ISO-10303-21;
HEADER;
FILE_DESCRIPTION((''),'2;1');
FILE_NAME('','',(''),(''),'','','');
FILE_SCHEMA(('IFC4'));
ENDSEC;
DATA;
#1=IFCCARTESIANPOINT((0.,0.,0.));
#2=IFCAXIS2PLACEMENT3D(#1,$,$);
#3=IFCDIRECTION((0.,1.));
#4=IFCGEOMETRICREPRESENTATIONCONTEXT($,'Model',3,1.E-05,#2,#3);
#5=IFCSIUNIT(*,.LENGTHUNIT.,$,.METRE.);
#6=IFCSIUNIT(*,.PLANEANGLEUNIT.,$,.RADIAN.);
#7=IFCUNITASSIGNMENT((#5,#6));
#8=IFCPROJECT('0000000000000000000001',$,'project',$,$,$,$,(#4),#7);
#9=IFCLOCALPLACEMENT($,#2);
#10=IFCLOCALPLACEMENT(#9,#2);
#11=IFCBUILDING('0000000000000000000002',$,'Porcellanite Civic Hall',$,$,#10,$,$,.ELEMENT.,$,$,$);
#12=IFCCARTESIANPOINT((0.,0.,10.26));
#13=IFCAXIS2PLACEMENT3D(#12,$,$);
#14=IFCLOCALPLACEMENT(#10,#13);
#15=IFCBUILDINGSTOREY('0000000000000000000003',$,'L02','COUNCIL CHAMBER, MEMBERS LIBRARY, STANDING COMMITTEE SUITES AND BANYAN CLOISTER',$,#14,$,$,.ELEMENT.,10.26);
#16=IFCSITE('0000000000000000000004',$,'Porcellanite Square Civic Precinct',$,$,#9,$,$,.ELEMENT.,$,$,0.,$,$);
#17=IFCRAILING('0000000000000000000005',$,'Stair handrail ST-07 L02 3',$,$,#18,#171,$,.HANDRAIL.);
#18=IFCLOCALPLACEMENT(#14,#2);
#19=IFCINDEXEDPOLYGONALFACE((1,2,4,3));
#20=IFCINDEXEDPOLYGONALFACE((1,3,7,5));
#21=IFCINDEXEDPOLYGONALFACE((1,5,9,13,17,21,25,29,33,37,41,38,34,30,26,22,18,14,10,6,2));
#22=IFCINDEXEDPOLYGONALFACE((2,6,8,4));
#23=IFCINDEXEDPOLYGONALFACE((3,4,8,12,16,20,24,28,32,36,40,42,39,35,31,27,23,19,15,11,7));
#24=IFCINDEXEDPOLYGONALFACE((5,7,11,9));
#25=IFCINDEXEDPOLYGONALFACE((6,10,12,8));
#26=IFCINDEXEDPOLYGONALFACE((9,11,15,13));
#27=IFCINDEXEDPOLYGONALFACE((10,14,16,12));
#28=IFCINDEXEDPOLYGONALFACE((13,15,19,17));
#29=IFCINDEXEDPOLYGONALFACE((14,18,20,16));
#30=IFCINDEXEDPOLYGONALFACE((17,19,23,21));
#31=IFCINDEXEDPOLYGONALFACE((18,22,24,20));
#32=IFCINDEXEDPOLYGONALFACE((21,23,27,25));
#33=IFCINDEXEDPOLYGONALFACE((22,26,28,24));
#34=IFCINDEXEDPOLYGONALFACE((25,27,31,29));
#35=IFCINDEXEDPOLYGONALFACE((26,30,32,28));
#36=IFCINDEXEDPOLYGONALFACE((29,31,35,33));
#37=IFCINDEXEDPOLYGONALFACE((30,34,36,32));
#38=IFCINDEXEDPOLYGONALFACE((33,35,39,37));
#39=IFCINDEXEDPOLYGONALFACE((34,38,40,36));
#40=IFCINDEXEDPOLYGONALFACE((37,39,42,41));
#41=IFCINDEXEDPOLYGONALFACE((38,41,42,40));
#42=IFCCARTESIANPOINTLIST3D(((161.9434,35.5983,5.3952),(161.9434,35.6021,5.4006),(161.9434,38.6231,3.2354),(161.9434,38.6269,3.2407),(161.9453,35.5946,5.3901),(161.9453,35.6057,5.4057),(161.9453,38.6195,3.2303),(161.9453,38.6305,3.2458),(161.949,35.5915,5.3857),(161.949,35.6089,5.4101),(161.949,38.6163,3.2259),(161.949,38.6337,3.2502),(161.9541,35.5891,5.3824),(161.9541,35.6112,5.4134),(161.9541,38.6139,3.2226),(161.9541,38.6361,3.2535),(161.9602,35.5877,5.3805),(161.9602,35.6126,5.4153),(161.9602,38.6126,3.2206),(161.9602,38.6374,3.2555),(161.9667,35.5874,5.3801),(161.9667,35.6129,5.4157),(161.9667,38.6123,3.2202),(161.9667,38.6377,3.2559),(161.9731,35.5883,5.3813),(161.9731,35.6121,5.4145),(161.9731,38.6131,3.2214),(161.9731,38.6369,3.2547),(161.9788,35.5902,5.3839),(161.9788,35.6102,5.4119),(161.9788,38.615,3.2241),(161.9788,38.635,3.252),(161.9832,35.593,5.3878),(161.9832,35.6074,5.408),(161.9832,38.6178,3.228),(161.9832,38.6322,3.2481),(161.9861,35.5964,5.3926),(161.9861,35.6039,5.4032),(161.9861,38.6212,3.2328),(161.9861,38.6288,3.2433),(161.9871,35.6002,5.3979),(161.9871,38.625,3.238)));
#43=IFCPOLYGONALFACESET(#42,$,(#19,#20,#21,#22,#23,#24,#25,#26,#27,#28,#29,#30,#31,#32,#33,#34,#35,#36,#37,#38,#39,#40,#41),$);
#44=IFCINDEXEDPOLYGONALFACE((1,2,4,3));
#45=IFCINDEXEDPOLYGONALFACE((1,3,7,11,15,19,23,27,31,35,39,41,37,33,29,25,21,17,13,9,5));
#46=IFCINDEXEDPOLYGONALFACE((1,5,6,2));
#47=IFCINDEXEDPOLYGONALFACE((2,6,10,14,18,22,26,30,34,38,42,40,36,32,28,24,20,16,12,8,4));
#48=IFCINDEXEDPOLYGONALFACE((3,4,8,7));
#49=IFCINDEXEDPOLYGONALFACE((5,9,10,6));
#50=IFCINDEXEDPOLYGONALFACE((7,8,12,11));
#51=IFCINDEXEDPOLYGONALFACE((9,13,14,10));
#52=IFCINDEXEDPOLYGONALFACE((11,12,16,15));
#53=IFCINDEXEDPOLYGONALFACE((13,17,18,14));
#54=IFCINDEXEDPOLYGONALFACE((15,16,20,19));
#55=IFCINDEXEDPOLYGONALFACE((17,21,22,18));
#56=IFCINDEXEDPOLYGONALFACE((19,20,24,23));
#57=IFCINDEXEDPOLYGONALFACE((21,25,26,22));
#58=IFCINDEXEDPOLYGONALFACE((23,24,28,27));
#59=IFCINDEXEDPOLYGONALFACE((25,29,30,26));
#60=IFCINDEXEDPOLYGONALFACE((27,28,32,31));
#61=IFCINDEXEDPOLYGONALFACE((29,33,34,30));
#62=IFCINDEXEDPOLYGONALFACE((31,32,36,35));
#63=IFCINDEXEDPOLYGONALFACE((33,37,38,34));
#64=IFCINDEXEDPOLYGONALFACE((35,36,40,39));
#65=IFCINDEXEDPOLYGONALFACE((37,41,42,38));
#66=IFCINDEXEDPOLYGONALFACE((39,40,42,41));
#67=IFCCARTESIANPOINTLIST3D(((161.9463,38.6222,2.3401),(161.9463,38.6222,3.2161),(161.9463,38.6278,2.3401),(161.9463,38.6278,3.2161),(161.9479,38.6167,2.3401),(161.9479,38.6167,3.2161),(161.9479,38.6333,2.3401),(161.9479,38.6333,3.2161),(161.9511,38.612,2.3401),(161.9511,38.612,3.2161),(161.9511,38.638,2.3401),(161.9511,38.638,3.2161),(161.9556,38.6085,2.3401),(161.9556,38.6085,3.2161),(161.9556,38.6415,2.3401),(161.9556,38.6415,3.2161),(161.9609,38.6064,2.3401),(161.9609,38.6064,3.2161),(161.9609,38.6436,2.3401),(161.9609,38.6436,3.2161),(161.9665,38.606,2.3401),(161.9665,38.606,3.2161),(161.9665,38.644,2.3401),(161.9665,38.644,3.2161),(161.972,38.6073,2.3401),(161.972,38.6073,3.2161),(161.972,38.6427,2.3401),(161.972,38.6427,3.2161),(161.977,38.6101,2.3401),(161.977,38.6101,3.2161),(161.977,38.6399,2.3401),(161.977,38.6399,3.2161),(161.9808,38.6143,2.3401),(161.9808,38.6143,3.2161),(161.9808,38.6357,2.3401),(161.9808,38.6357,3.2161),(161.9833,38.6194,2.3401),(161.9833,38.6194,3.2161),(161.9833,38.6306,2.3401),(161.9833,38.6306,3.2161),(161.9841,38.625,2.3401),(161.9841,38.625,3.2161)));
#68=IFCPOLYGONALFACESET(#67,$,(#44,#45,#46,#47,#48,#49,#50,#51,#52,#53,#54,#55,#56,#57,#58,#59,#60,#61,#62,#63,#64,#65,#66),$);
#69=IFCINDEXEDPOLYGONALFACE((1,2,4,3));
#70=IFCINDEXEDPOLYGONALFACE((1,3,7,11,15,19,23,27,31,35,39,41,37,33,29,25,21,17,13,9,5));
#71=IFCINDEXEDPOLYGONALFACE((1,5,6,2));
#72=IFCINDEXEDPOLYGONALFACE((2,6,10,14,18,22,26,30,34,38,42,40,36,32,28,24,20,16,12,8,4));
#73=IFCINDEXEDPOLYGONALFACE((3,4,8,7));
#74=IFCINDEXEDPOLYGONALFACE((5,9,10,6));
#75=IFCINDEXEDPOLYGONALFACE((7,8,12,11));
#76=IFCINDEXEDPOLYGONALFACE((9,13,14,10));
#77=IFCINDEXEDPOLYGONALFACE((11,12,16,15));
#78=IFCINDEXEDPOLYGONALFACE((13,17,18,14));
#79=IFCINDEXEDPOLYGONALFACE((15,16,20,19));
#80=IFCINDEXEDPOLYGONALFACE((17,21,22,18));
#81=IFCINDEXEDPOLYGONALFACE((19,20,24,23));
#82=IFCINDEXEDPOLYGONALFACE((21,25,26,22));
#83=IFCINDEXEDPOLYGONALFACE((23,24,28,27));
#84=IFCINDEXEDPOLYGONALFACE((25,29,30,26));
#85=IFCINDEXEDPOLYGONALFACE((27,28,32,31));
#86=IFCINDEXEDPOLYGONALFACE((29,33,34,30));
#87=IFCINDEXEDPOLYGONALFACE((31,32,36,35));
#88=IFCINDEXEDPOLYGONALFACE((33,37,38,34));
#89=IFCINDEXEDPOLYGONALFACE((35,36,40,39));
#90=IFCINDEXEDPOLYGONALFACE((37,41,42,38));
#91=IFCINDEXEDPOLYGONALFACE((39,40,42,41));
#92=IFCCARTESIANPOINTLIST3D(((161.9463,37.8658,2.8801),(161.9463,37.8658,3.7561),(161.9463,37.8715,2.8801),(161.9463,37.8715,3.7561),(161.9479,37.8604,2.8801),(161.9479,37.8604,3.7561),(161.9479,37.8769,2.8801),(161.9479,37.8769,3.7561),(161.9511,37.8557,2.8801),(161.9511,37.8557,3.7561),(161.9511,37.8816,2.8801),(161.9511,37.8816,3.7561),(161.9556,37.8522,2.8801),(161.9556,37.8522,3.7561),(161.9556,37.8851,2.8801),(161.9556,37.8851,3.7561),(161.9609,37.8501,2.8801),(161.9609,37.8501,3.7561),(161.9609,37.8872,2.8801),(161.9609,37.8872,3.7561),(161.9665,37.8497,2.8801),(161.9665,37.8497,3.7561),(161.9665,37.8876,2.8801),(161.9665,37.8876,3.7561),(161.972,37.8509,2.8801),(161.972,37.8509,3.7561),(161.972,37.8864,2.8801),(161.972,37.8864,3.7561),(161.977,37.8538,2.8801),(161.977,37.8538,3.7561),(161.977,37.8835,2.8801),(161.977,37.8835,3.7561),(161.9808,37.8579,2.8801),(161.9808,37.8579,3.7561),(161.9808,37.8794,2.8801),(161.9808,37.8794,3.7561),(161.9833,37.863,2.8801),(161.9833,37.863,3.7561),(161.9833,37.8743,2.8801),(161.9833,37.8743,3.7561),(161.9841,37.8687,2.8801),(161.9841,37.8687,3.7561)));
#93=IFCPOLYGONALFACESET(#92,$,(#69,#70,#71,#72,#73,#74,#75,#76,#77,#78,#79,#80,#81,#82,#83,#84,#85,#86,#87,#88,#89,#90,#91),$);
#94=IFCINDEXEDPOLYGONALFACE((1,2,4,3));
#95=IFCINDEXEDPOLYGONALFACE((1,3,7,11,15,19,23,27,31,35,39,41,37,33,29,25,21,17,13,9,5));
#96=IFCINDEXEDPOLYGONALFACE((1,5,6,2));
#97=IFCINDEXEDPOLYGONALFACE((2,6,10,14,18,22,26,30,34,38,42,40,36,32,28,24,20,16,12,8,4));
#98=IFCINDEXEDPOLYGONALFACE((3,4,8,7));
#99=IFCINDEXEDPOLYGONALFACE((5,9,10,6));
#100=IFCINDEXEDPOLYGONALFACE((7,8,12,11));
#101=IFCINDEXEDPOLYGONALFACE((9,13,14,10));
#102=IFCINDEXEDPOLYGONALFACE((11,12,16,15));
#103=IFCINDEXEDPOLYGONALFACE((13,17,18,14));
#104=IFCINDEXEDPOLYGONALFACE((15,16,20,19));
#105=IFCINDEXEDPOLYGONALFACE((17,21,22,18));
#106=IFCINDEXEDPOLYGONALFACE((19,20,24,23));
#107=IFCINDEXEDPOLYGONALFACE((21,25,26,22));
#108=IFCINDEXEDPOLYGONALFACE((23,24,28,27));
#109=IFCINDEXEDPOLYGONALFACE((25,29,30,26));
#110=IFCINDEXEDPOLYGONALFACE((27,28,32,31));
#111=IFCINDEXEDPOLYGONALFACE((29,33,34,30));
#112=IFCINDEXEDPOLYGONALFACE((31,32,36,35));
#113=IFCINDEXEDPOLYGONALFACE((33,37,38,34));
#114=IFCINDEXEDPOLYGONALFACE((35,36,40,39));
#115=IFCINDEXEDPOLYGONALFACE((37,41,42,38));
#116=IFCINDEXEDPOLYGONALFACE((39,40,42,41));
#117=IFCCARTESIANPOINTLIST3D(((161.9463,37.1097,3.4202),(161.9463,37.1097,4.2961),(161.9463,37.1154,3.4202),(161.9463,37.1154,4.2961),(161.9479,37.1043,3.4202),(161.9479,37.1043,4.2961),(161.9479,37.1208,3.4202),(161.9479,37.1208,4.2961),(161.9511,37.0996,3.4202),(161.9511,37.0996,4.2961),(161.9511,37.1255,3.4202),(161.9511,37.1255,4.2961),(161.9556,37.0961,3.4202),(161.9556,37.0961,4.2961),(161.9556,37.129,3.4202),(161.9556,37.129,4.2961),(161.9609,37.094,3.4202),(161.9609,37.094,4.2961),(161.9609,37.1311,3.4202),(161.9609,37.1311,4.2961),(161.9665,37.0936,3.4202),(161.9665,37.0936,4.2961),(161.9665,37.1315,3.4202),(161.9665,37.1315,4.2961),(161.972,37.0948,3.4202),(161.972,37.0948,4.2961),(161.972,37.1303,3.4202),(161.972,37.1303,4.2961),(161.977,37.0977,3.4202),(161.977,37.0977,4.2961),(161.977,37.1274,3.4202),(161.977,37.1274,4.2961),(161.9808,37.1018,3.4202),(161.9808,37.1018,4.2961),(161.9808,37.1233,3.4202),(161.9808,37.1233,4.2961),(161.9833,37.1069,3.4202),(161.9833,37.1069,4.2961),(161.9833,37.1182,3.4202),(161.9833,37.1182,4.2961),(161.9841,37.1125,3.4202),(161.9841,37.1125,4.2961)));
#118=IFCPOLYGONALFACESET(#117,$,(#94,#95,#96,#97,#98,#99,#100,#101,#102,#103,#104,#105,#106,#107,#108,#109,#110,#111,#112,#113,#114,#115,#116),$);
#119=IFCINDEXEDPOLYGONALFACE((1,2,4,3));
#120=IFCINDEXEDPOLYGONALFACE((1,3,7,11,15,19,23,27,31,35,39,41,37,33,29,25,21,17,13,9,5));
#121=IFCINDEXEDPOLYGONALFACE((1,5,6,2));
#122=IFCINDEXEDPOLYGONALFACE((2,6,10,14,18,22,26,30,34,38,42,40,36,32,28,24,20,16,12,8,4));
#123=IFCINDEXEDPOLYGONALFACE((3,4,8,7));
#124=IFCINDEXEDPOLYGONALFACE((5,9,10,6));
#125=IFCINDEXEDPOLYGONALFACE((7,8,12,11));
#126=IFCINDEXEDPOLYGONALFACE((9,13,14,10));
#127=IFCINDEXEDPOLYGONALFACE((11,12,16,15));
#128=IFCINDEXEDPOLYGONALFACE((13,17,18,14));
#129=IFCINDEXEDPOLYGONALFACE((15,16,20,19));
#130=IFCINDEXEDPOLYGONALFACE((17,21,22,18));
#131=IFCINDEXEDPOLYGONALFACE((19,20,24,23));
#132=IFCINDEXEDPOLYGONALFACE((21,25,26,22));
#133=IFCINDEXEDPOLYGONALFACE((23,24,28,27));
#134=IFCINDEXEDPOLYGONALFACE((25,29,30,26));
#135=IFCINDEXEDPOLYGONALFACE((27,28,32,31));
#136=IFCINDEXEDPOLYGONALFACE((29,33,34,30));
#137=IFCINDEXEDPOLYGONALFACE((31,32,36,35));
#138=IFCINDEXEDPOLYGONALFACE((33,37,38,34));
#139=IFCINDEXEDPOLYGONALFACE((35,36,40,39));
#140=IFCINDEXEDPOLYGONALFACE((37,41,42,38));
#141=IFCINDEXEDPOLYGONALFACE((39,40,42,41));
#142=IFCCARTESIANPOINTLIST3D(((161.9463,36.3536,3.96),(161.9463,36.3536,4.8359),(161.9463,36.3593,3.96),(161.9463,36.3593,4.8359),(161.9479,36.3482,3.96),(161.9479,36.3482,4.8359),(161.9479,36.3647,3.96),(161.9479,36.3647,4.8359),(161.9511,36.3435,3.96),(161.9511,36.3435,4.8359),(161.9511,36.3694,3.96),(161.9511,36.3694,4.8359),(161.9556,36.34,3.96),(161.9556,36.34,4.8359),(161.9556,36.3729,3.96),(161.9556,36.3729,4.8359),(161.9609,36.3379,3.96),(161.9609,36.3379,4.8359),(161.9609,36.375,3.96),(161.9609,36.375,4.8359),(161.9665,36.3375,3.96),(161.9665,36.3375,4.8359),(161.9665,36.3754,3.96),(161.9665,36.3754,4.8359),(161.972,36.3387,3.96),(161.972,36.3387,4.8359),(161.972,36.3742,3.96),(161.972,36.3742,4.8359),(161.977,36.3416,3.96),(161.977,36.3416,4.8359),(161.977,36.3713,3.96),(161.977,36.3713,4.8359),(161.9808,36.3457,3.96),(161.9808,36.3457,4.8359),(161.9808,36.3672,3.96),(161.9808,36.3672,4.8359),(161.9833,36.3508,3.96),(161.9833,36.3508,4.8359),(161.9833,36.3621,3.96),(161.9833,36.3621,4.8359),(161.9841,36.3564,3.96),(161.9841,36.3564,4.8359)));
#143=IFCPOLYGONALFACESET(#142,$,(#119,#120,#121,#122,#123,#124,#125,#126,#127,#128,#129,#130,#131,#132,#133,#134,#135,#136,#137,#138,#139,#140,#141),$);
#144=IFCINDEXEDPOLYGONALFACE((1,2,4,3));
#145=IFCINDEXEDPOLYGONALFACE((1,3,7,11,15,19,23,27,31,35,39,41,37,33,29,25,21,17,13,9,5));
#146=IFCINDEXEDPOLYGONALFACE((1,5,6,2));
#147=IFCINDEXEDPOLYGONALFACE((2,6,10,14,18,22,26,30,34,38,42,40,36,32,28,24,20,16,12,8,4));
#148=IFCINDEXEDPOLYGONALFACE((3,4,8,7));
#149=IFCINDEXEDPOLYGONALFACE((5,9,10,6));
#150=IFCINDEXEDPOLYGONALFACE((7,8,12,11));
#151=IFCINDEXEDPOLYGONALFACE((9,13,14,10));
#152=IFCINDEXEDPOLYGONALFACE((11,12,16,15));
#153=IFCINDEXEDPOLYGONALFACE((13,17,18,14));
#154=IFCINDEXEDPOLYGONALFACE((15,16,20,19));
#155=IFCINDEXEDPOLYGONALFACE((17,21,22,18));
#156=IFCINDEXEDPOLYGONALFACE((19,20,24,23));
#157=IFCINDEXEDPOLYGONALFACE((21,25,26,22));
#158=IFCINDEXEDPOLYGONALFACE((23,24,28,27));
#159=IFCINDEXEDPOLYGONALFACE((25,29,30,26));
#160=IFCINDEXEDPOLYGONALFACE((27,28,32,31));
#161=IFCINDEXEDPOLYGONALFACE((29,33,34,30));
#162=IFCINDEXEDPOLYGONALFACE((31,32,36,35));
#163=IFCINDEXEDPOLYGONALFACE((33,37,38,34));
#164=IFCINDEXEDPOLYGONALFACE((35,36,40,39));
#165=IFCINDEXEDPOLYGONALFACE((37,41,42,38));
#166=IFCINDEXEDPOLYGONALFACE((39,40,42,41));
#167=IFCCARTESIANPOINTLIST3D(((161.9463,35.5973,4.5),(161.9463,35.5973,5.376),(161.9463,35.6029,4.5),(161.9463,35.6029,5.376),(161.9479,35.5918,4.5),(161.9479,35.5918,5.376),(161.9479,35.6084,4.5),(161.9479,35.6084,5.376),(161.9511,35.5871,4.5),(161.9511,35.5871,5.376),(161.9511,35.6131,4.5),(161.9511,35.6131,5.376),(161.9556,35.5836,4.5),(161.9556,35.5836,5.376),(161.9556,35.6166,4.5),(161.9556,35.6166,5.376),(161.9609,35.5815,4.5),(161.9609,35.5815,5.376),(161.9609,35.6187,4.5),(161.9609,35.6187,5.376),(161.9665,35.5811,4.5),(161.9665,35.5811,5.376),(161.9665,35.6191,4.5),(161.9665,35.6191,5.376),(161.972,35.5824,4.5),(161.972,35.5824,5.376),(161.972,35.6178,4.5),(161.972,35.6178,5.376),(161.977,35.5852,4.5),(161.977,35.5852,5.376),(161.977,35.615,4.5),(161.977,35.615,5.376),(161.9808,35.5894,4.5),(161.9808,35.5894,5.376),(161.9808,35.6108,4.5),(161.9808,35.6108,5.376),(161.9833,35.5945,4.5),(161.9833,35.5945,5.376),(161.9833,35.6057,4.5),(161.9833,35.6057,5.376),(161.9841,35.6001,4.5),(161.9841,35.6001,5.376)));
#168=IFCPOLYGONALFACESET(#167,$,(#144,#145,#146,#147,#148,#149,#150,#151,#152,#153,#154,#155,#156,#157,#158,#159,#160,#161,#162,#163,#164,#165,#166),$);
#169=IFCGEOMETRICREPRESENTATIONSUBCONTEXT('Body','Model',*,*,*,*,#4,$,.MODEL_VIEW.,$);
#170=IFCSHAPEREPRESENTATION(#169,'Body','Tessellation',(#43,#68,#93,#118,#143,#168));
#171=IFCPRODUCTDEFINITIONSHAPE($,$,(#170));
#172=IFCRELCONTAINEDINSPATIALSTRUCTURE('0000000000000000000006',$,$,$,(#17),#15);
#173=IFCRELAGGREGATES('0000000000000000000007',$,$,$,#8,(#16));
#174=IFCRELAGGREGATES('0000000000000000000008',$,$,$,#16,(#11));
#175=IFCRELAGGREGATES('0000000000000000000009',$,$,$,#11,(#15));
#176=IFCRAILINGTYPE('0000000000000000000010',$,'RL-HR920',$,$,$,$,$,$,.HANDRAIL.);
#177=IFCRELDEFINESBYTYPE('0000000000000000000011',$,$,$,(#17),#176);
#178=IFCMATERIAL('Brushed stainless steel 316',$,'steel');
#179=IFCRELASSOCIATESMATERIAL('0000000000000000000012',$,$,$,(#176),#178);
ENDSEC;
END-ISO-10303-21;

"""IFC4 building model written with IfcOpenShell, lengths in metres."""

from ifc_helpers import new_model, si_unit, direction, frame, origin, origin_2d, place, context, subcontext, project, spatial, circle, extrude, material, type_object, element, save


model = new_model("IFC4")

# Units and contexts
model_context = context("Model", 3, precision=1e-05, world=origin(), true_north=direction((0.0, 1.0)))
body_context = subcontext(model_context, "Body", "Model", "MODEL_VIEW")
ifc_project = project(units=[si_unit("LENGTHUNIT", "METRE"), si_unit("PLANEANGLEUNIT", "RADIAN")], contexts=[model_context])

# Site, building, storey
site_placement = place(None, origin())
site = spatial("IfcSite", under=ifc_project, at=site_placement, Name="Porcellanite Square Civic Precinct", CompositionType="ELEMENT", RefElevation=0.0)
building_placement = place(site_placement, origin())
building = spatial("IfcBuilding", under=site, at=building_placement, Name="Porcellanite Civic Hall", CompositionType="ELEMENT")
storey_placement = place(building_placement, frame((0.0, 0.0, 10.26)))
storey = spatial("IfcBuildingStorey", under=building, at=storey_placement, Name="L02", Description="COUNCIL CHAMBER, MEMBERS LIBRARY, STANDING COMMITTEE SUITES AND BANYAN CLOISTER", CompositionType="ELEMENT", Elevation=10.26)

# Railing
ifc_material_1 = material(Name="Brushed stainless steel 316", Category="steel")
railing_type_1 = type_object("IfcRailingType", Name="RL-HR920", PredefinedType="HANDRAIL", material=ifc_material_1)
railing_1_placement = place(storey_placement, frame((161.9651, 38.625, 2.3401)))
element("IfcRailing", 1, at=railing_1_placement, inside=storey, type_object=railing_type_1, Name="Stair handrail ST-07 L02 3", PredefinedType="HANDRAIL", context=body_context, shape_type="SweptSolid", body=[
    extrude(circle(Radius=0.022, at=origin_2d()), frame((0.0, 0.0, 0.8979), z_axis=(0.0, -0.813827, 0.581108), x_axis=(1.0, 0.0, 0.0)), (0.0, 0.0, 1.0), 3.7168),
    extrude(circle(Radius=0.019, at=origin_2d()), origin(), (0.0, 0.0, 1.0), 0.876),
    extrude(circle(Radius=0.019, at=origin_2d()), frame((0.0, -0.7563, 0.54)), (0.0, 0.0, 1.0), 0.876),
    extrude(circle(Radius=0.019, at=origin_2d()), frame((0.0, -1.5125, 1.0801)), (0.0, 0.0, 1.0), 0.876),
    extrude(circle(Radius=0.019, at=origin_2d()), frame((0.0, -2.2686, 1.6199)), (0.0, 0.0, 1.0), 0.876),
    extrude(circle(Radius=0.019, at=origin_2d()), frame((0.0, -3.0249, 2.1599)), (0.0, 0.0, 1.0), 0.876),
])

save(model, "model.ifc")
